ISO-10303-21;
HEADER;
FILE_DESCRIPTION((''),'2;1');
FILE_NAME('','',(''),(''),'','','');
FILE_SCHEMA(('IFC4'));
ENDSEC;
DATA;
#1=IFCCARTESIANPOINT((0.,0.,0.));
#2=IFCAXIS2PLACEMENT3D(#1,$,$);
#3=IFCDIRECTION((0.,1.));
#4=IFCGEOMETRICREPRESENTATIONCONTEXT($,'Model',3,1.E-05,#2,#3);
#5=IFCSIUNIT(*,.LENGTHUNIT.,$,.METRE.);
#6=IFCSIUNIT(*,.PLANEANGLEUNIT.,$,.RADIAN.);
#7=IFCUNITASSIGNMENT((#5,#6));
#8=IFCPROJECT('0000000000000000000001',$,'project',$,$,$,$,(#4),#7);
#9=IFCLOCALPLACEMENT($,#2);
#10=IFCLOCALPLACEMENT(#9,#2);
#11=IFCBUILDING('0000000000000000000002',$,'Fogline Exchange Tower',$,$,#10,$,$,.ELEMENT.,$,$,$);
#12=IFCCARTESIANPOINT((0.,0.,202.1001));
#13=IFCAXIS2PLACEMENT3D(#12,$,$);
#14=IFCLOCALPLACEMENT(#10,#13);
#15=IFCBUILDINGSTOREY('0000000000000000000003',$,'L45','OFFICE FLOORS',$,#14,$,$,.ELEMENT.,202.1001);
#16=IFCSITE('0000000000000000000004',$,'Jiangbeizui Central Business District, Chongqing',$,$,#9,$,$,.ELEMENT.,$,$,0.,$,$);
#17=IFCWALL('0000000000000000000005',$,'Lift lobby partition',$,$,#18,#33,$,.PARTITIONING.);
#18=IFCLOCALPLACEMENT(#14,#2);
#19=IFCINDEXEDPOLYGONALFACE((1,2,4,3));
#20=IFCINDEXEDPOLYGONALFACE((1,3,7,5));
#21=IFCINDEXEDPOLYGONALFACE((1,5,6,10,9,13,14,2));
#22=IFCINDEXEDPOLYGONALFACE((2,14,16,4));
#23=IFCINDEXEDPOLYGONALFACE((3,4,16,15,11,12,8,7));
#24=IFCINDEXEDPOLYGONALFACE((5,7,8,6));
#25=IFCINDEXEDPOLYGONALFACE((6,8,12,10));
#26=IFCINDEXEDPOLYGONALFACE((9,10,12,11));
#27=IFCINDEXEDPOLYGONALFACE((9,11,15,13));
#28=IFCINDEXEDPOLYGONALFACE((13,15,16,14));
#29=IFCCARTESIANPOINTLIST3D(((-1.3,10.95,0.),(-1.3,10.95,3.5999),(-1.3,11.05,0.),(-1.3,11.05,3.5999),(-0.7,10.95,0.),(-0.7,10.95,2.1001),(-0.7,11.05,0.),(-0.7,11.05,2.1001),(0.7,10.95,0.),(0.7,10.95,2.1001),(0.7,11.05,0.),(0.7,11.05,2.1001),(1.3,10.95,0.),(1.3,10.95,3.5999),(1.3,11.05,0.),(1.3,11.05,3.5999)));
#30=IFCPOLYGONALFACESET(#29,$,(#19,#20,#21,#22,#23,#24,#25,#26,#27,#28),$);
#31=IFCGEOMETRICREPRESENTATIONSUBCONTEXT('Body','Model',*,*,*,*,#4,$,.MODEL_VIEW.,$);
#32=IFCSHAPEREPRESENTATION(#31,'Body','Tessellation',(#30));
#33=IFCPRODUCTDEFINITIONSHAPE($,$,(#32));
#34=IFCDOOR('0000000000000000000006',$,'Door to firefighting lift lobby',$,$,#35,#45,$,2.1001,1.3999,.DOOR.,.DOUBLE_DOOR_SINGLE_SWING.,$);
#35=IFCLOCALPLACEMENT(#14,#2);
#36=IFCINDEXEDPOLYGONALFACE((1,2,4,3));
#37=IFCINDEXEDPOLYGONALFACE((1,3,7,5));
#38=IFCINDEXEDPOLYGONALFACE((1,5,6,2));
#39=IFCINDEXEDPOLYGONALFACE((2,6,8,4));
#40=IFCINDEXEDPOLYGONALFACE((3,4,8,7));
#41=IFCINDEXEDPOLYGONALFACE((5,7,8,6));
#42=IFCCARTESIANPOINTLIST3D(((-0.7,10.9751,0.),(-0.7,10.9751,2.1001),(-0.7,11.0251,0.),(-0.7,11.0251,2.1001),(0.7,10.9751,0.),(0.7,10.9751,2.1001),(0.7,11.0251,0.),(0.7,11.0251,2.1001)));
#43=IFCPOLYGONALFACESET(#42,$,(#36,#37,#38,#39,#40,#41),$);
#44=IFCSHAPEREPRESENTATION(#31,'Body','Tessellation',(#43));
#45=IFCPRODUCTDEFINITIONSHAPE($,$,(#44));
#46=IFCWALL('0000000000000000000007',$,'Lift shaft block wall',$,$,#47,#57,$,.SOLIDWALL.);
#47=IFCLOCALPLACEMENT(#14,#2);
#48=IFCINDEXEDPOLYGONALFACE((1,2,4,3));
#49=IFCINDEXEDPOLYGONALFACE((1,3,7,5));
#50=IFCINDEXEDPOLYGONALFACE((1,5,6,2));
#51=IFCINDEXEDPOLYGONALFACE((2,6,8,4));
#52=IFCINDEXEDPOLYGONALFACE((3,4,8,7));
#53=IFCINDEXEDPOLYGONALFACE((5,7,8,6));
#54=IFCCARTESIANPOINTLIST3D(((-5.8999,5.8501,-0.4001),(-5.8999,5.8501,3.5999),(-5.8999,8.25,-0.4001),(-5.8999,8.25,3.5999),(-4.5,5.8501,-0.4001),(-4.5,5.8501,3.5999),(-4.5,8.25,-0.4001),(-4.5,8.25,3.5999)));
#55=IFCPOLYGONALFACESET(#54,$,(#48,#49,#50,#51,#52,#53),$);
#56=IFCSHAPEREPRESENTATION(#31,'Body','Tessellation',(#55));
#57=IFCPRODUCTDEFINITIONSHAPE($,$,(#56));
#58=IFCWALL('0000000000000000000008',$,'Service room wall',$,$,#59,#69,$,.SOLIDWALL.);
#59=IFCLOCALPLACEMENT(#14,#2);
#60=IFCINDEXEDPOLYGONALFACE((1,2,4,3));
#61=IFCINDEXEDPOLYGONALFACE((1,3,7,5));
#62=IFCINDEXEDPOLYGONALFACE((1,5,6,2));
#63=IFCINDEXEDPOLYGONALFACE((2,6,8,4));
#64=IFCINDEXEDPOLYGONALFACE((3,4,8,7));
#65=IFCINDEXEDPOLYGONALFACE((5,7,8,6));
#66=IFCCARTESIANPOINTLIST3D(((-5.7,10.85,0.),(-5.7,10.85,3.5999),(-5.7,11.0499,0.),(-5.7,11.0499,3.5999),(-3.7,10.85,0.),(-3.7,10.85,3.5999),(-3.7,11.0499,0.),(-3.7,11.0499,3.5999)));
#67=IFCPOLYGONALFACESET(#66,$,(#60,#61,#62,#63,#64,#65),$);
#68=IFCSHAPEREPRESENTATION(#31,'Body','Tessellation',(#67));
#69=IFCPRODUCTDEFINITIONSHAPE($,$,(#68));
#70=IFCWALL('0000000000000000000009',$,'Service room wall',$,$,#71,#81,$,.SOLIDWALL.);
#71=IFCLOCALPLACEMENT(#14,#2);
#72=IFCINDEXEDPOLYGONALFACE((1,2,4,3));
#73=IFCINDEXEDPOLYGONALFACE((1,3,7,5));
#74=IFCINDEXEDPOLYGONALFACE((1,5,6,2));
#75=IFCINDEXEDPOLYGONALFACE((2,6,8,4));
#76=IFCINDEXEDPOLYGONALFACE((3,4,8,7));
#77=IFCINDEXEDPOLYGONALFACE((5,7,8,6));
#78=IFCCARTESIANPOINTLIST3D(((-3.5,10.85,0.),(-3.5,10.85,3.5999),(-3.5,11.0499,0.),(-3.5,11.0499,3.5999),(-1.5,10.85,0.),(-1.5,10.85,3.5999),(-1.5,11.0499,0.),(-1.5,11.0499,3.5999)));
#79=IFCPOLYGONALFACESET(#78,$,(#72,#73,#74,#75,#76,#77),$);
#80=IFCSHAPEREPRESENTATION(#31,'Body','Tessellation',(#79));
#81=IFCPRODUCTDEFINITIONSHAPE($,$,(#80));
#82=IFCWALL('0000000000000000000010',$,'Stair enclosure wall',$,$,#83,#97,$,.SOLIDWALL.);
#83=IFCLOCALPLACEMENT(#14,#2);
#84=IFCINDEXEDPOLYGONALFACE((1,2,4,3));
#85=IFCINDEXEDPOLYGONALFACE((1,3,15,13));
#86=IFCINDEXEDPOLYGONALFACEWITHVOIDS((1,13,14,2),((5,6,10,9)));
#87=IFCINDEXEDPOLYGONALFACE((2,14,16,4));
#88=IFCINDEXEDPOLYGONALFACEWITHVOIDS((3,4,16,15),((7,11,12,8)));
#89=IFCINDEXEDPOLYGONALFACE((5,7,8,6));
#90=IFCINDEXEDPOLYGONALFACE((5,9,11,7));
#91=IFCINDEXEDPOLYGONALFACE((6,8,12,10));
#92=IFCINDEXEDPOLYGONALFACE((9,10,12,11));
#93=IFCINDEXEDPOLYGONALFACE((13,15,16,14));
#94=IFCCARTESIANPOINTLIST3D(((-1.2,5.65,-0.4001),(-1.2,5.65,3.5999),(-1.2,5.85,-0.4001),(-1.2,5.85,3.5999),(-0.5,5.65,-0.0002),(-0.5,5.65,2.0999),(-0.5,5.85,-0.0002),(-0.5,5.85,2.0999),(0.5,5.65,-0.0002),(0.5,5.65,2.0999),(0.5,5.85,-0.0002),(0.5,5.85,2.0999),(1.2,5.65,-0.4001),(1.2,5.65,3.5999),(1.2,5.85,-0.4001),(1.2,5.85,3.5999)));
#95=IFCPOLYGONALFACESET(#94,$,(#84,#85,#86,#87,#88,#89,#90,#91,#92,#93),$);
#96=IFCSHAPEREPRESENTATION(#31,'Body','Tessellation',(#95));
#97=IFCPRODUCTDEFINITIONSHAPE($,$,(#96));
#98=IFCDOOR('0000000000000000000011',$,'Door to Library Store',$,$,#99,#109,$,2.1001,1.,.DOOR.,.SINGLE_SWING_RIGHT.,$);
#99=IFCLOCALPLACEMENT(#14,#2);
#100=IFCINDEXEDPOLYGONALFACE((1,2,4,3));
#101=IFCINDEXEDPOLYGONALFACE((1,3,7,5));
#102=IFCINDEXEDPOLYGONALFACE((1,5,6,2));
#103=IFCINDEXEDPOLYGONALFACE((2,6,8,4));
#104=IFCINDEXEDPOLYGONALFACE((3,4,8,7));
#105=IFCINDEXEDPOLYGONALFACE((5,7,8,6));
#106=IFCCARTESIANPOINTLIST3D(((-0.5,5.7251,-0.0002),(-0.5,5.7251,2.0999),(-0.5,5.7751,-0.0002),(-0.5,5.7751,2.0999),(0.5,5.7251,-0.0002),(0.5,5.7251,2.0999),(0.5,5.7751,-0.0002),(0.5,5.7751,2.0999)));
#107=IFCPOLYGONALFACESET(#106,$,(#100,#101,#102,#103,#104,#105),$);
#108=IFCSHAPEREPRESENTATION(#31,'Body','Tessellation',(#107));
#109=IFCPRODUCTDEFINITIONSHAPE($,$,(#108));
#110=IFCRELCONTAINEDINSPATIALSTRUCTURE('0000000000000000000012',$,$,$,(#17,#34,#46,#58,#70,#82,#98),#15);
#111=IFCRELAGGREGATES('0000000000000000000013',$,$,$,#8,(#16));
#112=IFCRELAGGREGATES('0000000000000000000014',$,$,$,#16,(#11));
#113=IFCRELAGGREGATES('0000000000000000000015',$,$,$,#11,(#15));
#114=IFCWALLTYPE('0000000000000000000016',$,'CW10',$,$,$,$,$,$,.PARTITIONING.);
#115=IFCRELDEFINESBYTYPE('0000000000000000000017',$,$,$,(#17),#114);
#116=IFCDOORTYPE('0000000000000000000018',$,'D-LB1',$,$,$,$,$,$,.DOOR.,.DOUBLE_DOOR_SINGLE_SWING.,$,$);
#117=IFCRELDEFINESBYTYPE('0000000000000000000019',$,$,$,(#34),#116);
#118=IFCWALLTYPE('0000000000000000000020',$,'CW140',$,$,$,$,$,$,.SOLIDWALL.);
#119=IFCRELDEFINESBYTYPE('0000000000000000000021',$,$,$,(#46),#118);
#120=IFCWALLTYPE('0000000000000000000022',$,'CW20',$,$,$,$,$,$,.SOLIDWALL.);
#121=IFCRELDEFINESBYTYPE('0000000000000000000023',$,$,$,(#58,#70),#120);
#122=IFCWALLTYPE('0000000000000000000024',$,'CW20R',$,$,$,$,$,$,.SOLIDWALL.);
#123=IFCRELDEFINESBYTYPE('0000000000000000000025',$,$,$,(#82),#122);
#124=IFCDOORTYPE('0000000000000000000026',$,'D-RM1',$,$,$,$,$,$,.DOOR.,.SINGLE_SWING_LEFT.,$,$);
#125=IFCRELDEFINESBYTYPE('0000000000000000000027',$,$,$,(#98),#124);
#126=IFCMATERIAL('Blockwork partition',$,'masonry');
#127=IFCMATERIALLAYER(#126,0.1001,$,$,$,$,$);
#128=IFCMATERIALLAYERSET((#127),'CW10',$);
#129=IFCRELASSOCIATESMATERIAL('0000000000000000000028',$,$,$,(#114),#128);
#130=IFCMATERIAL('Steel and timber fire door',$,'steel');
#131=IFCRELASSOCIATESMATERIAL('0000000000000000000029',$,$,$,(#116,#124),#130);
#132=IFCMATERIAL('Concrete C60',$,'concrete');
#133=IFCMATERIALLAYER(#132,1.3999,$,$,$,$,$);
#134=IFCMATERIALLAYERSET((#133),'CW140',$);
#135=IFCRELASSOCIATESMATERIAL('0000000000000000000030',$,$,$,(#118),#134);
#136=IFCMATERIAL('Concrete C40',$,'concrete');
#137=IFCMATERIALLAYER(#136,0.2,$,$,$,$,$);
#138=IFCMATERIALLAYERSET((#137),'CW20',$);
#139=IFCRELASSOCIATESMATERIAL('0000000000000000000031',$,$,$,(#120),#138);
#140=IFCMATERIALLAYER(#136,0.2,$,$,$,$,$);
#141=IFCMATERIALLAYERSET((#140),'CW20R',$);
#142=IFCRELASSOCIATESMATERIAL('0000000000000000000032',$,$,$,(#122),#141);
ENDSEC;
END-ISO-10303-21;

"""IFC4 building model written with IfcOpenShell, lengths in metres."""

from ifc_helpers import new_model, si_unit, direction, frame, frame_2d, origin, place, context, subcontext, project, spatial, rectangle, extrude, material, layer, layer_set, type_object, element, fill, save


model = new_model("IFC4")

# Units and contexts
model_context = context("Model", 3, precision=1e-05, world=origin(), true_north=direction((0.0, 1.0)))
body_context = subcontext(model_context, "Body", "Model", "MODEL_VIEW")
ifc_project = project(units=[si_unit("LENGTHUNIT", "METRE"), si_unit("PLANEANGLEUNIT", "RADIAN")], contexts=[model_context])

# Site, building, storey
site_placement = place(None, origin())
site = spatial("IfcSite", under=ifc_project, at=site_placement, Name="Jiangbeizui Central Business District, Chongqing", CompositionType="ELEMENT", RefElevation=0.0)
building_placement = place(site_placement, origin())
building = spatial("IfcBuilding", under=site, at=building_placement, Name="Fogline Exchange Tower", CompositionType="ELEMENT")
storey_placement = place(building_placement, frame((0.0, 0.0, 202.1001)))
storey = spatial("IfcBuildingStorey", under=building, at=storey_placement, Name="L45", Description="OFFICE FLOORS", CompositionType="ELEMENT", Elevation=202.1001)

# Wall, opening, door
ifc_material_1 = material(Name="Blockwork partition", Category="masonry")
ifc_layer_1 = layer(ifc_material_1, 0.1001)
ifc_layer_set_1 = layer_set([ifc_layer_1], Name="CW10")
wall_type_1 = type_object("IfcWallType", Name="CW10", PredefinedType="PARTITIONING", material=ifc_layer_set_1)
wall_1_placement = place(storey_placement, frame((-1.3, 11.0, 0.0), z_axis=(0.0, 0.0, 1.0), x_axis=(1.0, 0.0, 0.0)))
wall_1 = element("IfcWall", 1, at=wall_1_placement, inside=storey, type_object=wall_type_1, Name="Lift lobby partition", PredefinedType="PARTITIONING", context=body_context, shape_type="SweptSolid", body=[
    extrude(rectangle(XDim=2.6001, YDim=0.1001, at=frame_2d((1.3, 0.0))), origin(), (0.0, 0.0, 1.0), 3.5999),
])
opening_1_placement = place(wall_1_placement, frame((0.6001, 0.0, 0.0)))
opening_1 = element("IfcOpeningElement", 2, at=opening_1_placement, cuts=wall_1, PredefinedType="OPENING", context=body_context, shape_type="SweptSolid", body=[
    extrude(rectangle(XDim=1.3999, YDim=2.1001, at=frame_2d((0.7, 1.05))), frame((0.0, 0.0601, 0.0), z_axis=(0.0, -1.0, 0.0), x_axis=(1.0, 0.0, 0.0)), (0.0, 0.0, 1.0), 0.1201),
])
ifc_material_2 = material(Name="Steel and timber fire door", Category="steel")
door_type_1 = type_object("IfcDoorType", Name="D-LB1", OperationType="DOUBLE_DOOR_SINGLE_SWING", PredefinedType="DOOR", material=ifc_material_2)
door_1_placement = place(opening_1_placement, frame((1.3999, 0.0, 0.0), z_axis=(0.0, 0.0, 1.0), x_axis=(-1.0, 0.0, 0.0)))
door_1 = element("IfcDoor", 3, at=door_1_placement, inside=storey, type_object=door_type_1, Name="Door to firefighting lift lobby", OperationType="DOUBLE_DOOR_SINGLE_SWING", OverallHeight=2.1001, OverallWidth=1.3999, PredefinedType="DOOR", context=body_context, shape_type="SweptSolid", body=[
    extrude(rectangle(XDim=1.3999, YDim=2.1001, at=frame_2d((0.7, 1.05))), frame((0.0, 0.0249, 0.0), z_axis=(0.0, -1.0, 0.0), x_axis=(1.0, 0.0, 0.0)), (0.0, 0.0, 1.0), 0.05),
])
fill(opening_1, door_1)

# Walls
ifc_material_3 = material(Name="Concrete C60", Category="concrete")
ifc_layer_2 = layer(ifc_material_3, 1.3999)
ifc_layer_set_2 = layer_set([ifc_layer_2], Name="CW140")
wall_type_2 = type_object("IfcWallType", Name="CW140", PredefinedType="SOLIDWALL", material=ifc_layer_set_2)
wall_2_placement = place(storey_placement, frame((-5.2, 5.8501, -0.4001), z_axis=(0.0, 0.0, 1.0), x_axis=(0.0, 1.0, 0.0)))
element("IfcWall", 4, at=wall_2_placement, inside=storey, type_object=wall_type_2, Name="Lift shaft block wall", PredefinedType="SOLIDWALL", context=body_context, shape_type="SweptSolid", body=[
    extrude(rectangle(XDim=2.3999, YDim=1.3999, at=frame_2d((1.2, 0.0))), origin(), (0.0, 0.0, 1.0), 4.0),
])
ifc_material_4 = material(Name="Concrete C40", Category="concrete")
ifc_layer_3 = layer(ifc_material_4, 0.2)
ifc_layer_set_3 = layer_set([ifc_layer_3], Name="CW20")
wall_type_3 = type_object("IfcWallType", Name="CW20", PredefinedType="SOLIDWALL", material=ifc_layer_set_3)
for number, where, z_axis, x_axis, name in (
    (5, (-5.7, 10.95, 0.0), (0.0, 0.0, 1.0), (1.0, 0.0, 0.0), "Service room wall"),
    (6, (-3.5, 10.95, 0.0), (0.0, 0.0, 1.0), (1.0, 0.0, 0.0), "Service room wall"),
):
    element("IfcWall", number, at=place(storey_placement, frame(where, z_axis=z_axis, x_axis=x_axis)), inside=storey, type_object=wall_type_3, Name=name, PredefinedType="SOLIDWALL", context=body_context, shape_type="SweptSolid", body=[
        extrude(rectangle(XDim=2.0, YDim=0.2, at=frame_2d((1.0, 0.0))), origin(), (0.0, 0.0, 1.0), 3.5999),
    ])

# Wall, opening, door
ifc_layer_4 = layer(ifc_material_4, 0.2)
ifc_layer_set_4 = layer_set([ifc_layer_4], Name="CW20R")
wall_type_4 = type_object("IfcWallType", Name="CW20R", PredefinedType="SOLIDWALL", material=ifc_layer_set_4)
wall_3_placement = place(storey_placement, frame((-1.2, 5.75, -0.4001), z_axis=(0.0, 0.0, 1.0), x_axis=(1.0, 0.0, 0.0)))
wall_3 = element("IfcWall", 7, at=wall_3_placement, inside=storey, type_object=wall_type_4, Name="Stair enclosure wall", PredefinedType="SOLIDWALL", context=body_context, shape_type="SweptSolid", body=[
    extrude(rectangle(XDim=2.3999, YDim=0.2, at=frame_2d((1.2, 0.0))), origin(), (0.0, 0.0, 1.0), 4.0),
])
opening_2_placement = place(wall_3_placement, frame((0.7, 0.0, 0.3999)))
opening_2 = element("IfcOpeningElement", 8, at=opening_2_placement, cuts=wall_3, PredefinedType="OPENING", context=body_context, shape_type="SweptSolid", body=[
    extrude(rectangle(XDim=1.0, YDim=2.1001, at=frame_2d((0.5, 1.05))), frame((0.0, 0.1099, 0.0), z_axis=(0.0, -1.0, 0.0), x_axis=(1.0, 0.0, 0.0)), (0.0, 0.0, 1.0), 0.22),
])
door_type_2 = type_object("IfcDoorType", Name="D-RM1", OperationType="SINGLE_SWING_LEFT", PredefinedType="DOOR", material=ifc_material_2)
door_2_placement = place(opening_2_placement, frame((1.0, 0.0, 0.0), z_axis=(0.0, 0.0, 1.0), x_axis=(-1.0, 0.0, 0.0)))
door_2 = element("IfcDoor", 9, at=door_2_placement, inside=storey, type_object=door_type_2, Name="Door to Library Store", OperationType="SINGLE_SWING_RIGHT", OverallHeight=2.1001, OverallWidth=1.0, PredefinedType="DOOR", context=body_context, shape_type="SweptSolid", body=[
    extrude(rectangle(XDim=1.0, YDim=2.1001, at=frame_2d((0.5, 1.05))), frame((0.0, 0.0249, 0.0), z_axis=(0.0, -1.0, 0.0), x_axis=(1.0, 0.0, 0.0)), (0.0, 0.0, 1.0), 0.05),
])
fill(opening_2, door_2)

save(model, "model.ifc")
